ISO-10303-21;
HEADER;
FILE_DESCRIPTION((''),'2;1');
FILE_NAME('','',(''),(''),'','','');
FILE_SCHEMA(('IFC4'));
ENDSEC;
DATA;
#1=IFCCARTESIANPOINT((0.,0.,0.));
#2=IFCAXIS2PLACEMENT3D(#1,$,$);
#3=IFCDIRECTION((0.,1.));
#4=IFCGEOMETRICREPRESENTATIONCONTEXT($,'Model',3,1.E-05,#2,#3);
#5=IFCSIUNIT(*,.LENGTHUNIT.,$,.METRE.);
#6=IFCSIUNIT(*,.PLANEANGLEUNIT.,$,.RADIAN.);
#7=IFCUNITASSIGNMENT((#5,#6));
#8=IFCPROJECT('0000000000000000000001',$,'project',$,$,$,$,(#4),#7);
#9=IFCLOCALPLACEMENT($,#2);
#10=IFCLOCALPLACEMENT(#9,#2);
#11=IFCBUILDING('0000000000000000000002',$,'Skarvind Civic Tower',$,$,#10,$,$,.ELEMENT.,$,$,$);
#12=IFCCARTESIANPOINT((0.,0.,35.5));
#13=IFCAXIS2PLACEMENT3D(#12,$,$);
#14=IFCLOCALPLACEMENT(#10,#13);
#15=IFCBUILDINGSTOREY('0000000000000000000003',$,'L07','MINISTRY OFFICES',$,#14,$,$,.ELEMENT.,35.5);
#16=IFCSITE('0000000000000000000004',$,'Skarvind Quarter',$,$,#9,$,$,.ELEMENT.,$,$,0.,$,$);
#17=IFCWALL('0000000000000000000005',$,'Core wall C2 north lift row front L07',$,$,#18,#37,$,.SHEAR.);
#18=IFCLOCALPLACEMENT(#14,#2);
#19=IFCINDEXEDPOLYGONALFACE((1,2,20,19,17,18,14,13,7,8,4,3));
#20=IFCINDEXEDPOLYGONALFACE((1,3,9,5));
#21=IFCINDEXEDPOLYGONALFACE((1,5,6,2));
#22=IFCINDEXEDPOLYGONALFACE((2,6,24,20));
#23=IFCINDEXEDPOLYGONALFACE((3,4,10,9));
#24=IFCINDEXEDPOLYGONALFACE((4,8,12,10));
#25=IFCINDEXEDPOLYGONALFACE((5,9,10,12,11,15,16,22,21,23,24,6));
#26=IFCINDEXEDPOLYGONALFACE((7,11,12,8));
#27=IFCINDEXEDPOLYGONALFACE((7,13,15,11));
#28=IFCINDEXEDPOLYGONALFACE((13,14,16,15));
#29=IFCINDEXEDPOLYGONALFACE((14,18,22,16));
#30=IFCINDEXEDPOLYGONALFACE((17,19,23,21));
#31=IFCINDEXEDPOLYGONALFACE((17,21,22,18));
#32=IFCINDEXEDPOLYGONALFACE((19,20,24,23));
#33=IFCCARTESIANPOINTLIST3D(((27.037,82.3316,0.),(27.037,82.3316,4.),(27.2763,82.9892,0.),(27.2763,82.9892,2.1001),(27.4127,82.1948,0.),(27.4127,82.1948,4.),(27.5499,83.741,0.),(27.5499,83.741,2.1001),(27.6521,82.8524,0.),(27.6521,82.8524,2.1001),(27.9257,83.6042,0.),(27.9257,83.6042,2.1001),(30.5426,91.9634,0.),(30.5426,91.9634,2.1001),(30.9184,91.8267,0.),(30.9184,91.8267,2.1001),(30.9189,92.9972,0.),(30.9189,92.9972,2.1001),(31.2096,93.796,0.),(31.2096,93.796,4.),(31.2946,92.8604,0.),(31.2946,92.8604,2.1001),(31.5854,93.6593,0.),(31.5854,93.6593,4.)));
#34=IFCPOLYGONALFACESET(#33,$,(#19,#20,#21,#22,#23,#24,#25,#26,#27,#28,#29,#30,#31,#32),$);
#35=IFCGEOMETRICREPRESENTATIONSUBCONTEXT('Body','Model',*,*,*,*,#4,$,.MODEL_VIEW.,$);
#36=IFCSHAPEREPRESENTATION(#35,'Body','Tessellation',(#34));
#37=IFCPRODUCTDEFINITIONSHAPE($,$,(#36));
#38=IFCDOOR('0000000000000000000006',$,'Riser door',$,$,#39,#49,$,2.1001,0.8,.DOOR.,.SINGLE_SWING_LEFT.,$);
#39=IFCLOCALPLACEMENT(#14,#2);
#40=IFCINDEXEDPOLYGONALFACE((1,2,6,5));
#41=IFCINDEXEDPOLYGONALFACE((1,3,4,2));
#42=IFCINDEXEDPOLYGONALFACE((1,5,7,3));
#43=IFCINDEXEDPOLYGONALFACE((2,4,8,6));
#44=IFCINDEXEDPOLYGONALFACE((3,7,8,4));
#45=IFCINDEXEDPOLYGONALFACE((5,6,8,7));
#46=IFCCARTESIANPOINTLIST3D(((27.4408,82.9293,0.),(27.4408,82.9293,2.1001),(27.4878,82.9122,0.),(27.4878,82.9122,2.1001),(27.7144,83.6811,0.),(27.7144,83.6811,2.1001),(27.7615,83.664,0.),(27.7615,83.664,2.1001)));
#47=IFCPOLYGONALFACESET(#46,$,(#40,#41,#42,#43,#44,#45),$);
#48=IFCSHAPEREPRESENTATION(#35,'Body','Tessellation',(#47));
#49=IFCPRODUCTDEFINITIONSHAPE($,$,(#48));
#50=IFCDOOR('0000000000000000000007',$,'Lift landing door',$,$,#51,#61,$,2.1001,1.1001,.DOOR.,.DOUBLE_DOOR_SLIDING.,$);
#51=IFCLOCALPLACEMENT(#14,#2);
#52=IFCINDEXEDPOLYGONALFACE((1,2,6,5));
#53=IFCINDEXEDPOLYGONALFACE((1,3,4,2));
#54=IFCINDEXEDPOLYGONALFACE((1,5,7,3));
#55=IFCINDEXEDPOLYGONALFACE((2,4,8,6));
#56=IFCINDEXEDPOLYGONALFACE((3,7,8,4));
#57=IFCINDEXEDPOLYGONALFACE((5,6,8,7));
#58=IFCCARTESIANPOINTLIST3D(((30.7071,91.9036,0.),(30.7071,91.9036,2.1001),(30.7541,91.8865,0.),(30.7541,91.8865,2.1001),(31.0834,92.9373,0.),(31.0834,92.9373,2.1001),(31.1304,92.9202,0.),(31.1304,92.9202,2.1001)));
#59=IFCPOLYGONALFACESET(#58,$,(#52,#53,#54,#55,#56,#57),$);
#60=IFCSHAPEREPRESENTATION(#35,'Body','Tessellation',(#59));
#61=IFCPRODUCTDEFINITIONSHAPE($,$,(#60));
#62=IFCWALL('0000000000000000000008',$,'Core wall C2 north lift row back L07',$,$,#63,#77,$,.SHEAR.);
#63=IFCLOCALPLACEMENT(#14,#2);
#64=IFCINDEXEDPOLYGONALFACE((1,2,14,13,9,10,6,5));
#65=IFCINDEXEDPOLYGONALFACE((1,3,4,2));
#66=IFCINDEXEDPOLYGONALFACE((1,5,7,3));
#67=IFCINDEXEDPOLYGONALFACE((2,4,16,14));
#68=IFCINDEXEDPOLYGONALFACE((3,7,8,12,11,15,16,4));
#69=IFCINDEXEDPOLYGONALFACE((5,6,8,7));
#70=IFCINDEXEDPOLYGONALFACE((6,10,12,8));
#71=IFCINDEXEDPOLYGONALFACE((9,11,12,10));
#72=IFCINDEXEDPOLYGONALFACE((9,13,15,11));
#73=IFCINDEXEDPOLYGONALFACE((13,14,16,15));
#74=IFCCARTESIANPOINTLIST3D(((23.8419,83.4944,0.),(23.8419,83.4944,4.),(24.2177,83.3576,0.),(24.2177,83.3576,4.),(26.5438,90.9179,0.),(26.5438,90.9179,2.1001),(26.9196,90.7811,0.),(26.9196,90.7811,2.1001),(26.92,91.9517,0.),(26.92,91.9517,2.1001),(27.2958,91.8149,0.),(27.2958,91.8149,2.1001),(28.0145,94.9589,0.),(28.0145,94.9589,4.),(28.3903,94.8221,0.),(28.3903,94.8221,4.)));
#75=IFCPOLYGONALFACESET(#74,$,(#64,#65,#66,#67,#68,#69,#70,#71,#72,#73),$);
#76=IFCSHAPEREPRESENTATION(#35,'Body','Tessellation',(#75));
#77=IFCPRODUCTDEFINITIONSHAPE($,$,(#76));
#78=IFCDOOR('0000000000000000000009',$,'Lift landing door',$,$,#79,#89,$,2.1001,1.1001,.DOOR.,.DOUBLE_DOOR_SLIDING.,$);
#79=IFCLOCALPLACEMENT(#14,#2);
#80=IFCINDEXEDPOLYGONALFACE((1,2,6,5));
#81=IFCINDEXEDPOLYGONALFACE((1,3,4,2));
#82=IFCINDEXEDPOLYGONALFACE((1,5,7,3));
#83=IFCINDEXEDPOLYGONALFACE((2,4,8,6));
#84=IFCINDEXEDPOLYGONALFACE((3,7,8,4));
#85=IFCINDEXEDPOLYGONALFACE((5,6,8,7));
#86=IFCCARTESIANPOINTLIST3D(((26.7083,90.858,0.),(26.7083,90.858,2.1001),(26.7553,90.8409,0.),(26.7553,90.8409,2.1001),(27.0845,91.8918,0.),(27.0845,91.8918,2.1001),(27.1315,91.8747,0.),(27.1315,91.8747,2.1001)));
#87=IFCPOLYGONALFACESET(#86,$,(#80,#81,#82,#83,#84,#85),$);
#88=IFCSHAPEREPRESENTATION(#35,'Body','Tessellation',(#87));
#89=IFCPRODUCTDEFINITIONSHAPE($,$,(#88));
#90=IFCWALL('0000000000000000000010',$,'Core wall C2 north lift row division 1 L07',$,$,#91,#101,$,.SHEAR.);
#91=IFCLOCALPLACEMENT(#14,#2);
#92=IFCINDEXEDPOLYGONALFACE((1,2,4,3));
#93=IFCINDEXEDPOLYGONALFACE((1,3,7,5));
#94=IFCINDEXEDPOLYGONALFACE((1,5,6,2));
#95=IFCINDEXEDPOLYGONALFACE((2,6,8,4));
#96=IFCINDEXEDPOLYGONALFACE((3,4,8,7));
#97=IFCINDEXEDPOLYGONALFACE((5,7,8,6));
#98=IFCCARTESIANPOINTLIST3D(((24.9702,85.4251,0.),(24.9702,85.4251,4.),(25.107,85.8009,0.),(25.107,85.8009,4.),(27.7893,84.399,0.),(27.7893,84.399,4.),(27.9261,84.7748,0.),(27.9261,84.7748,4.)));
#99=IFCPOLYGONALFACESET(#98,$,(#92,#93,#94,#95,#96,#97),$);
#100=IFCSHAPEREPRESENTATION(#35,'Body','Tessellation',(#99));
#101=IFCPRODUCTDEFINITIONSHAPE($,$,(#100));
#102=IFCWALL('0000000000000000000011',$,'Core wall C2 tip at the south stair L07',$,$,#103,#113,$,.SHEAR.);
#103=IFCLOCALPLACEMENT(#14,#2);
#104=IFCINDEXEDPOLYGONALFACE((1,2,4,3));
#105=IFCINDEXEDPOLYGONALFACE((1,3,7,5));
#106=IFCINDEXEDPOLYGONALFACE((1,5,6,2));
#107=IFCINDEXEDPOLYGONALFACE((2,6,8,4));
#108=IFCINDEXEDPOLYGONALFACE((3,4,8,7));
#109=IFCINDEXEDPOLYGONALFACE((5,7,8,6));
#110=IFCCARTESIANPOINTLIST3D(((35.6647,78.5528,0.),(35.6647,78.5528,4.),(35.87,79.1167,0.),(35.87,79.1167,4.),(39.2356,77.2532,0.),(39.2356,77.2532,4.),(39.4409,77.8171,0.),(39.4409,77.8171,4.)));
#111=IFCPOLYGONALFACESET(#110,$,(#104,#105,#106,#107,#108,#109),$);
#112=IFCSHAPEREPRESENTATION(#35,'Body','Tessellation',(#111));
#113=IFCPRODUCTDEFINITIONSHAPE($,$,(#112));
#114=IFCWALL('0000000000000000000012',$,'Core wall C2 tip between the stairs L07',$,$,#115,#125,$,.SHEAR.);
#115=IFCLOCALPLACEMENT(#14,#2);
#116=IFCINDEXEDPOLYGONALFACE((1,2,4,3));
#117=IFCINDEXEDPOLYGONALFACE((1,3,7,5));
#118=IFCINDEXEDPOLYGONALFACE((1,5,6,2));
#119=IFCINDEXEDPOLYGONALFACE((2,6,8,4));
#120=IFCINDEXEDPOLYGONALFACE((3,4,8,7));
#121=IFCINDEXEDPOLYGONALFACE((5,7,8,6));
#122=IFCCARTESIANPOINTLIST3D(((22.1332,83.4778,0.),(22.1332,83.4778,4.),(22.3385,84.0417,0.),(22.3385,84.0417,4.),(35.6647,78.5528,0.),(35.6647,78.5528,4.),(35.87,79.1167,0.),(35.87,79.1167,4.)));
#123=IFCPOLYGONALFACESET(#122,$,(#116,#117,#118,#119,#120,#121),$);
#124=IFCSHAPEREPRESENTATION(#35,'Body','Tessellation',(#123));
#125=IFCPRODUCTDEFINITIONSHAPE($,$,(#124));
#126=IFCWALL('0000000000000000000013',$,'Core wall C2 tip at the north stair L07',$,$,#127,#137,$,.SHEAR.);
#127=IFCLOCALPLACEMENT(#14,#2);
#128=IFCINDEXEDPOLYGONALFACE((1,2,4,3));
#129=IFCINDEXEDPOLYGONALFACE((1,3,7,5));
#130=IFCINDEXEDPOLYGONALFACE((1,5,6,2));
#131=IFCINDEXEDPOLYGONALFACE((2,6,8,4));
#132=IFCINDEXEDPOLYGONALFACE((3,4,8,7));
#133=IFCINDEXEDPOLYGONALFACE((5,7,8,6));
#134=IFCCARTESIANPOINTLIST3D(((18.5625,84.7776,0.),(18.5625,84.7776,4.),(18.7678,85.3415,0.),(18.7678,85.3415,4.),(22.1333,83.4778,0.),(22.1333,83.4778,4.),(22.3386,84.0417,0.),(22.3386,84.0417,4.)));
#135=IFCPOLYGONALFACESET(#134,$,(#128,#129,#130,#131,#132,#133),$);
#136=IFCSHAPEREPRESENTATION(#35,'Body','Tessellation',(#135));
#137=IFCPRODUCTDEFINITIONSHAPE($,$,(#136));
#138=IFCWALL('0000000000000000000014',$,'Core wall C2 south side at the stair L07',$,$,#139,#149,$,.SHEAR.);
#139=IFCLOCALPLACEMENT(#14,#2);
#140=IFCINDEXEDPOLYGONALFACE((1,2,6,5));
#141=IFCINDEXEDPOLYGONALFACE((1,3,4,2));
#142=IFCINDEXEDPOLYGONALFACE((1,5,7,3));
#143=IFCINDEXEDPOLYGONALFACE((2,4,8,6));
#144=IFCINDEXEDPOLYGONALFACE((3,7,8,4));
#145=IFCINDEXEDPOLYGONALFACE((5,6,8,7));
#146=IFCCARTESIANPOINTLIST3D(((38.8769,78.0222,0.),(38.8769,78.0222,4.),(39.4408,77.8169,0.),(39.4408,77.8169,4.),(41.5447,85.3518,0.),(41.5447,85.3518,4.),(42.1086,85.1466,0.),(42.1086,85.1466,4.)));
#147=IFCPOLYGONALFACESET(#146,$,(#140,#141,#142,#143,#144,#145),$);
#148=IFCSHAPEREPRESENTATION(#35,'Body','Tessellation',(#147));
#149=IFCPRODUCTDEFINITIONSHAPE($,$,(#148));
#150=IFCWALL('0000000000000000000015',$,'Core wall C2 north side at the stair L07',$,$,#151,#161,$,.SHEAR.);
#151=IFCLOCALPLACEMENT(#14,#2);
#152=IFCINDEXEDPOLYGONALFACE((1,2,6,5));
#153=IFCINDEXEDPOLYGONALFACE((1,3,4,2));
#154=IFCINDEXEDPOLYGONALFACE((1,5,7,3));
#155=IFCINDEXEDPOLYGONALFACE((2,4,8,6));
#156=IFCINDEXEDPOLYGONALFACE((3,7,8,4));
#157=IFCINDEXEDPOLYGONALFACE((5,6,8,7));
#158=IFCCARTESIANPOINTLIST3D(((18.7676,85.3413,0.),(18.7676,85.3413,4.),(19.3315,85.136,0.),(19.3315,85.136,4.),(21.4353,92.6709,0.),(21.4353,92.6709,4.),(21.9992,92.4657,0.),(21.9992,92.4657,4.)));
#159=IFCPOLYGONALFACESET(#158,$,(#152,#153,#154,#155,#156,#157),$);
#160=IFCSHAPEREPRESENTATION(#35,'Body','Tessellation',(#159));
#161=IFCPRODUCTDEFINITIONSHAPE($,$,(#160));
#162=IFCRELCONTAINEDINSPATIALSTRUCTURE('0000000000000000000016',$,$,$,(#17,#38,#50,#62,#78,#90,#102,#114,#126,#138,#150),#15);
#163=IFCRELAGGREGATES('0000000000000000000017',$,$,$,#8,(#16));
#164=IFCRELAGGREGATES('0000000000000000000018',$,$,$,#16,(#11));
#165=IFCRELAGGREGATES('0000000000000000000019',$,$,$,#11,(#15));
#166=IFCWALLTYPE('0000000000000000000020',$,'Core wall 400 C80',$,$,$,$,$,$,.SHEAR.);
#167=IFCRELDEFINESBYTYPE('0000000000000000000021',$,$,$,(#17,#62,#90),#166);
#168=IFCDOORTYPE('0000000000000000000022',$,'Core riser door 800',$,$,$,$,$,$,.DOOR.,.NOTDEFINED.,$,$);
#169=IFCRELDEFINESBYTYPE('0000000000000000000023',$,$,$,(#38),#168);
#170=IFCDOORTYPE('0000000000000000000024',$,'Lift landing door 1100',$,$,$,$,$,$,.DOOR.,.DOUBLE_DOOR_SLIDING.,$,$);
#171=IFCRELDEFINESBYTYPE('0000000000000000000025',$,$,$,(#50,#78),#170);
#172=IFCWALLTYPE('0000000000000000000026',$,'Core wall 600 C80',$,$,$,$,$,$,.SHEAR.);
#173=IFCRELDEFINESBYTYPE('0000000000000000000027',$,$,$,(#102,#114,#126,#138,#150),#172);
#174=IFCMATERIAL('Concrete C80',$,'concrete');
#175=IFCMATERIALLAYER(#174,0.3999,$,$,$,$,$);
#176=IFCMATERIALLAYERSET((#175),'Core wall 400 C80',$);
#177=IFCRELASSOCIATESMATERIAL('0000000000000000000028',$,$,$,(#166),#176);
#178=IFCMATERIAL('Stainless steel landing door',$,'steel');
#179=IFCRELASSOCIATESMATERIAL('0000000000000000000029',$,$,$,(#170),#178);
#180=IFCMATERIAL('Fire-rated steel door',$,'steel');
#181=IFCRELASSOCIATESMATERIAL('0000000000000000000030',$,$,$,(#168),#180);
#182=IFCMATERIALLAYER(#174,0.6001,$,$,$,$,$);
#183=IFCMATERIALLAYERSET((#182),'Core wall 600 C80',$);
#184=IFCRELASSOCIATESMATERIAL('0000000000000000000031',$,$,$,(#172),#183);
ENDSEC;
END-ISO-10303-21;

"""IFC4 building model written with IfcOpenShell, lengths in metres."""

from ifc_helpers import new_model, si_unit, direction, frame, frame_2d, origin, place, context, subcontext, project, spatial, rectangle, extrude, material, layer, layer_set, type_object, element, fill, save


model = new_model("IFC4")

# Units and contexts
model_context = context("Model", 3, precision=1e-05, world=origin(), true_north=direction((0.0, 1.0)))
body_context = subcontext(model_context, "Body", "Model", "MODEL_VIEW")
ifc_project = project(units=[si_unit("LENGTHUNIT", "METRE"), si_unit("PLANEANGLEUNIT", "RADIAN")], contexts=[model_context])

# Site, building, storey
site_placement = place(None, origin())
site = spatial("IfcSite", under=ifc_project, at=site_placement, Name="Skarvind Quarter", CompositionType="ELEMENT", RefElevation=0.0)
building_placement = place(site_placement, origin())
building = spatial("IfcBuilding", under=site, at=building_placement, Name="Skarvind Civic Tower", CompositionType="ELEMENT")
storey_placement = place(building_placement, frame((0.0, 0.0, 35.5)))
storey = spatial("IfcBuildingStorey", under=building, at=storey_placement, Name="L07", Description="MINISTRY OFFICES", CompositionType="ELEMENT", Elevation=35.5)

# Shared definitions
ifc_material_1 = material(Name="Concrete C80", Category="concrete")
ifc_layer_1 = layer(ifc_material_1, 0.3999)
ifc_layer_set_1 = layer_set([ifc_layer_1], Name="Core wall 400 C80")
wall_type_1 = type_object("IfcWallType", Name="Core wall 400 C80", PredefinedType="SHEAR", material=ifc_layer_set_1)

# Shared definitions
ifc_material_2 = material(Name="Fire-rated steel door", Category="steel")

# Shared definitions
ifc_material_3 = material(Name="Stainless steel landing door", Category="steel")
door_type_1 = type_object("IfcDoorType", Name="Lift landing door 1100", OperationType="DOUBLE_DOOR_SLIDING", PredefinedType="DOOR", material=ifc_material_3)

# Wall, openings, doors
wall_1_placement = place(storey_placement, frame((27.2249, 82.2632, 0.0), z_axis=(0.0, 0.0, 1.0), x_axis=(0.342015, 0.939695, 0.0)))
wall_1 = element("IfcWall", 1, at=wall_1_placement, inside=storey, type_object=wall_type_1, Name="Core wall C2 north lift row front L07", PredefinedType="SHEAR", context=body_context, shape_type="SweptSolid", body=[
    extrude(rectangle(XDim=12.2002, YDim=0.3999, at=frame_2d((6.1001, 0.0))), origin(), (0.0, 0.0, 1.0), 4.0),
])
opening_1_placement = place(wall_1_placement, frame((10.25, 0.0, 0.0)))
opening_1 = element("IfcOpeningElement", 2, at=opening_1_placement, cuts=wall_1, PredefinedType="OPENING", context=body_context, shape_type="SweptSolid", body=[
    extrude(rectangle(XDim=1.1001, YDim=2.1001, at=frame_2d((0.55, 1.05))), frame((0.0, 0.21, 0.0), z_axis=(0.0, -1.0, 0.0), x_axis=(1.0, 0.0, 0.0)), (0.0, 0.0, 1.0), 0.4199),
])
opening_2_placement = place(wall_1_placement, frame((0.7, 0.0, 0.0)))
opening_2 = element("IfcOpeningElement", 3, at=opening_2_placement, cuts=wall_1, PredefinedType="OPENING", context=body_context, shape_type="SweptSolid", body=[
    extrude(rectangle(XDim=0.8, YDim=2.1001, at=frame_2d((0.3999, 1.05))), frame((0.0, 0.21, 0.0), z_axis=(0.0, -1.0, 0.0), x_axis=(1.0, 0.0, 0.0)), (0.0, 0.0, 1.0), 0.4199),
])
door_type_2 = type_object("IfcDoorType", Name="Core riser door 800", OperationType="NOTDEFINED", PredefinedType="DOOR", material=ifc_material_2)
door_1_placement = place(opening_2_placement, origin())
door_1 = element("IfcDoor", 4, at=door_1_placement, inside=storey, type_object=door_type_2, Name="Riser door", OperationType="SINGLE_SWING_LEFT", OverallHeight=2.1001, OverallWidth=0.8, PredefinedType="DOOR", context=body_context, shape_type="SweptSolid", body=[
    extrude(rectangle(XDim=0.8, YDim=2.1001, at=frame_2d((0.3999, 1.05))), frame((0.0, 0.0249, 0.0), z_axis=(0.0, -1.0, 0.0), x_axis=(1.0, 0.0, 0.0)), (0.0, 0.0, 1.0), 0.05),
])
fill(opening_2, door_1)
door_2_placement = place(opening_1_placement, origin())
door_2 = element("IfcDoor", 5, at=door_2_placement, inside=storey, type_object=door_type_1, Name="Lift landing door", OperationType="DOUBLE_DOOR_SLIDING", OverallHeight=2.1001, OverallWidth=1.1001, PredefinedType="DOOR", context=body_context, shape_type="SweptSolid", body=[
    extrude(rectangle(XDim=1.1001, YDim=2.1001, at=frame_2d((0.55, 1.05))), frame((0.0, 0.0249, 0.0), z_axis=(0.0, -1.0, 0.0), x_axis=(1.0, 0.0, 0.0)), (0.0, 0.0, 1.0), 0.05),
])
fill(opening_1, door_2)

# Wall, opening, door
wall_2_placement = place(storey_placement, frame((24.0298, 83.426, 0.0), z_axis=(0.0, 0.0, 1.0), x_axis=(0.342015, 0.939695, 0.0)))
wall_2 = element("IfcWall", 6, at=wall_2_placement, inside=storey, type_object=wall_type_1, Name="Core wall C2 north lift row back L07", PredefinedType="SHEAR", context=body_context, shape_type="SweptSolid", body=[
    extrude(rectangle(XDim=12.2002, YDim=0.3999, at=frame_2d((6.1001, 0.0))), origin(), (0.0, 0.0, 1.0), 4.0),
])
opening_3_placement = place(wall_2_placement, frame((7.8999, 0.0, 0.0)))
opening_3 = element("IfcOpeningElement", 7, at=opening_3_placement, cuts=wall_2, PredefinedType="OPENING", context=body_context, shape_type="SweptSolid", body=[
    extrude(rectangle(XDim=1.1001, YDim=2.1001, at=frame_2d((0.55, 1.05))), frame((0.0, 0.21, 0.0), z_axis=(0.0, -1.0, 0.0), x_axis=(1.0, 0.0, 0.0)), (0.0, 0.0, 1.0), 0.4199),
])
door_3_placement = place(opening_3_placement, origin())
door_3 = element("IfcDoor", 8, at=door_3_placement, inside=storey, type_object=door_type_1, Name="Lift landing door", OperationType="DOUBLE_DOOR_SLIDING", OverallHeight=2.1001, OverallWidth=1.1001, PredefinedType="DOOR", context=body_context, shape_type="SweptSolid", body=[
    extrude(rectangle(XDim=1.1001, YDim=2.1001, at=frame_2d((0.55, 1.05))), frame((0.0, 0.0249, 0.0), z_axis=(0.0, -1.0, 0.0), x_axis=(1.0, 0.0, 0.0)), (0.0, 0.0, 1.0), 0.05),
])
fill(opening_3, door_3)

# Walls
wall_3_placement = place(storey_placement, frame((27.8577, 84.5869, 0.0), z_axis=(0.0, 0.0, 1.0), x_axis=(-0.939686, 0.342037, 0.0)))
element("IfcWall", 9, at=wall_3_placement, inside=storey, type_object=wall_type_1, Name="Core wall C2 north lift row division 1 L07", PredefinedType="SHEAR", context=body_context, shape_type="SweptSolid", body=[
    extrude(rectangle(XDim=3.0, YDim=0.3999, at=frame_2d((1.5, 0.0))), origin(), (0.0, 0.0, 1.0), 4.0),
])
ifc_layer_2 = layer(ifc_material_1, 0.6001)
ifc_layer_set_2 = layer_set([ifc_layer_2], Name="Core wall 600 C80")
wall_type_2 = type_object("IfcWallType", Name="Core wall 600 C80", PredefinedType="SHEAR", material=ifc_layer_set_2)
wall_4_placement = place(storey_placement, frame((39.3381, 77.5352, 0.0), z_axis=(0.0, 0.0, 1.0), x_axis=(-0.939701, 0.341996, 0.0)))
element("IfcWall", 10, at=wall_4_placement, inside=storey, type_object=wall_type_2, Name="Core wall C2 tip at the south stair L07", PredefinedType="SHEAR", context=body_context, shape_type="SweptSolid", body=[
    extrude(rectangle(XDim=3.8, YDim=0.6001, at=frame_2d((1.8999, 0.0))), origin(), (0.0, 0.0, 1.0), 4.0),
])
wall_5_placement = place(storey_placement, frame((35.7673, 78.8347, 0.0), z_axis=(0.0, 0.0, 1.0), x_axis=(-0.939693, 0.342019, 0.0)))
element("IfcWall", 11, at=wall_5_placement, inside=storey, type_object=wall_type_2, Name="Core wall C2 tip between the stairs L07", PredefinedType="SHEAR", context=body_context, shape_type="SweptSolid", body=[
    extrude(rectangle(XDim=14.3999, YDim=0.6001, at=frame_2d((7.2, 0.0))), origin(), (0.0, 0.0, 1.0), 4.0),
])
wall_6_placement = place(storey_placement, frame((22.2358, 83.7598, 0.0), z_axis=(0.0, 0.0, 1.0), x_axis=(-0.939681, 0.342053, 0.0)))
element("IfcWall", 12, at=wall_6_placement, inside=storey, type_object=wall_type_2, Name="Core wall C2 tip at the north stair L07", PredefinedType="SHEAR", context=body_context, shape_type="SweptSolid", body=[
    extrude(rectangle(XDim=3.8, YDim=0.6001, at=frame_2d((1.8999, 0.0))), origin(), (0.0, 0.0, 1.0), 4.0),
])
for number, where, z_axis, x_axis, name in (
    (13, (39.1589, 77.9197, 0.0), (0.0, 0.0, 1.0), (0.342017, 0.939694, 0.0), "Core wall C2 south side at the stair L07"),
    (14, (19.0496, 85.2388, 0.0), (0.0, 0.0, 1.0), (0.342017, 0.939694, 0.0), "Core wall C2 north side at the stair L07"),
):
    element("IfcWall", number, at=place(storey_placement, frame(where, z_axis=z_axis, x_axis=x_axis)), inside=storey, type_object=wall_type_2, Name=name, PredefinedType="SHEAR", context=body_context, shape_type="SweptSolid", body=[
        extrude(rectangle(XDim=7.8, YDim=0.6001, at=frame_2d((3.8999, 0.0))), origin(), (0.0, 0.0, 1.0), 4.0),
    ])

save(model, "model.ifc")
